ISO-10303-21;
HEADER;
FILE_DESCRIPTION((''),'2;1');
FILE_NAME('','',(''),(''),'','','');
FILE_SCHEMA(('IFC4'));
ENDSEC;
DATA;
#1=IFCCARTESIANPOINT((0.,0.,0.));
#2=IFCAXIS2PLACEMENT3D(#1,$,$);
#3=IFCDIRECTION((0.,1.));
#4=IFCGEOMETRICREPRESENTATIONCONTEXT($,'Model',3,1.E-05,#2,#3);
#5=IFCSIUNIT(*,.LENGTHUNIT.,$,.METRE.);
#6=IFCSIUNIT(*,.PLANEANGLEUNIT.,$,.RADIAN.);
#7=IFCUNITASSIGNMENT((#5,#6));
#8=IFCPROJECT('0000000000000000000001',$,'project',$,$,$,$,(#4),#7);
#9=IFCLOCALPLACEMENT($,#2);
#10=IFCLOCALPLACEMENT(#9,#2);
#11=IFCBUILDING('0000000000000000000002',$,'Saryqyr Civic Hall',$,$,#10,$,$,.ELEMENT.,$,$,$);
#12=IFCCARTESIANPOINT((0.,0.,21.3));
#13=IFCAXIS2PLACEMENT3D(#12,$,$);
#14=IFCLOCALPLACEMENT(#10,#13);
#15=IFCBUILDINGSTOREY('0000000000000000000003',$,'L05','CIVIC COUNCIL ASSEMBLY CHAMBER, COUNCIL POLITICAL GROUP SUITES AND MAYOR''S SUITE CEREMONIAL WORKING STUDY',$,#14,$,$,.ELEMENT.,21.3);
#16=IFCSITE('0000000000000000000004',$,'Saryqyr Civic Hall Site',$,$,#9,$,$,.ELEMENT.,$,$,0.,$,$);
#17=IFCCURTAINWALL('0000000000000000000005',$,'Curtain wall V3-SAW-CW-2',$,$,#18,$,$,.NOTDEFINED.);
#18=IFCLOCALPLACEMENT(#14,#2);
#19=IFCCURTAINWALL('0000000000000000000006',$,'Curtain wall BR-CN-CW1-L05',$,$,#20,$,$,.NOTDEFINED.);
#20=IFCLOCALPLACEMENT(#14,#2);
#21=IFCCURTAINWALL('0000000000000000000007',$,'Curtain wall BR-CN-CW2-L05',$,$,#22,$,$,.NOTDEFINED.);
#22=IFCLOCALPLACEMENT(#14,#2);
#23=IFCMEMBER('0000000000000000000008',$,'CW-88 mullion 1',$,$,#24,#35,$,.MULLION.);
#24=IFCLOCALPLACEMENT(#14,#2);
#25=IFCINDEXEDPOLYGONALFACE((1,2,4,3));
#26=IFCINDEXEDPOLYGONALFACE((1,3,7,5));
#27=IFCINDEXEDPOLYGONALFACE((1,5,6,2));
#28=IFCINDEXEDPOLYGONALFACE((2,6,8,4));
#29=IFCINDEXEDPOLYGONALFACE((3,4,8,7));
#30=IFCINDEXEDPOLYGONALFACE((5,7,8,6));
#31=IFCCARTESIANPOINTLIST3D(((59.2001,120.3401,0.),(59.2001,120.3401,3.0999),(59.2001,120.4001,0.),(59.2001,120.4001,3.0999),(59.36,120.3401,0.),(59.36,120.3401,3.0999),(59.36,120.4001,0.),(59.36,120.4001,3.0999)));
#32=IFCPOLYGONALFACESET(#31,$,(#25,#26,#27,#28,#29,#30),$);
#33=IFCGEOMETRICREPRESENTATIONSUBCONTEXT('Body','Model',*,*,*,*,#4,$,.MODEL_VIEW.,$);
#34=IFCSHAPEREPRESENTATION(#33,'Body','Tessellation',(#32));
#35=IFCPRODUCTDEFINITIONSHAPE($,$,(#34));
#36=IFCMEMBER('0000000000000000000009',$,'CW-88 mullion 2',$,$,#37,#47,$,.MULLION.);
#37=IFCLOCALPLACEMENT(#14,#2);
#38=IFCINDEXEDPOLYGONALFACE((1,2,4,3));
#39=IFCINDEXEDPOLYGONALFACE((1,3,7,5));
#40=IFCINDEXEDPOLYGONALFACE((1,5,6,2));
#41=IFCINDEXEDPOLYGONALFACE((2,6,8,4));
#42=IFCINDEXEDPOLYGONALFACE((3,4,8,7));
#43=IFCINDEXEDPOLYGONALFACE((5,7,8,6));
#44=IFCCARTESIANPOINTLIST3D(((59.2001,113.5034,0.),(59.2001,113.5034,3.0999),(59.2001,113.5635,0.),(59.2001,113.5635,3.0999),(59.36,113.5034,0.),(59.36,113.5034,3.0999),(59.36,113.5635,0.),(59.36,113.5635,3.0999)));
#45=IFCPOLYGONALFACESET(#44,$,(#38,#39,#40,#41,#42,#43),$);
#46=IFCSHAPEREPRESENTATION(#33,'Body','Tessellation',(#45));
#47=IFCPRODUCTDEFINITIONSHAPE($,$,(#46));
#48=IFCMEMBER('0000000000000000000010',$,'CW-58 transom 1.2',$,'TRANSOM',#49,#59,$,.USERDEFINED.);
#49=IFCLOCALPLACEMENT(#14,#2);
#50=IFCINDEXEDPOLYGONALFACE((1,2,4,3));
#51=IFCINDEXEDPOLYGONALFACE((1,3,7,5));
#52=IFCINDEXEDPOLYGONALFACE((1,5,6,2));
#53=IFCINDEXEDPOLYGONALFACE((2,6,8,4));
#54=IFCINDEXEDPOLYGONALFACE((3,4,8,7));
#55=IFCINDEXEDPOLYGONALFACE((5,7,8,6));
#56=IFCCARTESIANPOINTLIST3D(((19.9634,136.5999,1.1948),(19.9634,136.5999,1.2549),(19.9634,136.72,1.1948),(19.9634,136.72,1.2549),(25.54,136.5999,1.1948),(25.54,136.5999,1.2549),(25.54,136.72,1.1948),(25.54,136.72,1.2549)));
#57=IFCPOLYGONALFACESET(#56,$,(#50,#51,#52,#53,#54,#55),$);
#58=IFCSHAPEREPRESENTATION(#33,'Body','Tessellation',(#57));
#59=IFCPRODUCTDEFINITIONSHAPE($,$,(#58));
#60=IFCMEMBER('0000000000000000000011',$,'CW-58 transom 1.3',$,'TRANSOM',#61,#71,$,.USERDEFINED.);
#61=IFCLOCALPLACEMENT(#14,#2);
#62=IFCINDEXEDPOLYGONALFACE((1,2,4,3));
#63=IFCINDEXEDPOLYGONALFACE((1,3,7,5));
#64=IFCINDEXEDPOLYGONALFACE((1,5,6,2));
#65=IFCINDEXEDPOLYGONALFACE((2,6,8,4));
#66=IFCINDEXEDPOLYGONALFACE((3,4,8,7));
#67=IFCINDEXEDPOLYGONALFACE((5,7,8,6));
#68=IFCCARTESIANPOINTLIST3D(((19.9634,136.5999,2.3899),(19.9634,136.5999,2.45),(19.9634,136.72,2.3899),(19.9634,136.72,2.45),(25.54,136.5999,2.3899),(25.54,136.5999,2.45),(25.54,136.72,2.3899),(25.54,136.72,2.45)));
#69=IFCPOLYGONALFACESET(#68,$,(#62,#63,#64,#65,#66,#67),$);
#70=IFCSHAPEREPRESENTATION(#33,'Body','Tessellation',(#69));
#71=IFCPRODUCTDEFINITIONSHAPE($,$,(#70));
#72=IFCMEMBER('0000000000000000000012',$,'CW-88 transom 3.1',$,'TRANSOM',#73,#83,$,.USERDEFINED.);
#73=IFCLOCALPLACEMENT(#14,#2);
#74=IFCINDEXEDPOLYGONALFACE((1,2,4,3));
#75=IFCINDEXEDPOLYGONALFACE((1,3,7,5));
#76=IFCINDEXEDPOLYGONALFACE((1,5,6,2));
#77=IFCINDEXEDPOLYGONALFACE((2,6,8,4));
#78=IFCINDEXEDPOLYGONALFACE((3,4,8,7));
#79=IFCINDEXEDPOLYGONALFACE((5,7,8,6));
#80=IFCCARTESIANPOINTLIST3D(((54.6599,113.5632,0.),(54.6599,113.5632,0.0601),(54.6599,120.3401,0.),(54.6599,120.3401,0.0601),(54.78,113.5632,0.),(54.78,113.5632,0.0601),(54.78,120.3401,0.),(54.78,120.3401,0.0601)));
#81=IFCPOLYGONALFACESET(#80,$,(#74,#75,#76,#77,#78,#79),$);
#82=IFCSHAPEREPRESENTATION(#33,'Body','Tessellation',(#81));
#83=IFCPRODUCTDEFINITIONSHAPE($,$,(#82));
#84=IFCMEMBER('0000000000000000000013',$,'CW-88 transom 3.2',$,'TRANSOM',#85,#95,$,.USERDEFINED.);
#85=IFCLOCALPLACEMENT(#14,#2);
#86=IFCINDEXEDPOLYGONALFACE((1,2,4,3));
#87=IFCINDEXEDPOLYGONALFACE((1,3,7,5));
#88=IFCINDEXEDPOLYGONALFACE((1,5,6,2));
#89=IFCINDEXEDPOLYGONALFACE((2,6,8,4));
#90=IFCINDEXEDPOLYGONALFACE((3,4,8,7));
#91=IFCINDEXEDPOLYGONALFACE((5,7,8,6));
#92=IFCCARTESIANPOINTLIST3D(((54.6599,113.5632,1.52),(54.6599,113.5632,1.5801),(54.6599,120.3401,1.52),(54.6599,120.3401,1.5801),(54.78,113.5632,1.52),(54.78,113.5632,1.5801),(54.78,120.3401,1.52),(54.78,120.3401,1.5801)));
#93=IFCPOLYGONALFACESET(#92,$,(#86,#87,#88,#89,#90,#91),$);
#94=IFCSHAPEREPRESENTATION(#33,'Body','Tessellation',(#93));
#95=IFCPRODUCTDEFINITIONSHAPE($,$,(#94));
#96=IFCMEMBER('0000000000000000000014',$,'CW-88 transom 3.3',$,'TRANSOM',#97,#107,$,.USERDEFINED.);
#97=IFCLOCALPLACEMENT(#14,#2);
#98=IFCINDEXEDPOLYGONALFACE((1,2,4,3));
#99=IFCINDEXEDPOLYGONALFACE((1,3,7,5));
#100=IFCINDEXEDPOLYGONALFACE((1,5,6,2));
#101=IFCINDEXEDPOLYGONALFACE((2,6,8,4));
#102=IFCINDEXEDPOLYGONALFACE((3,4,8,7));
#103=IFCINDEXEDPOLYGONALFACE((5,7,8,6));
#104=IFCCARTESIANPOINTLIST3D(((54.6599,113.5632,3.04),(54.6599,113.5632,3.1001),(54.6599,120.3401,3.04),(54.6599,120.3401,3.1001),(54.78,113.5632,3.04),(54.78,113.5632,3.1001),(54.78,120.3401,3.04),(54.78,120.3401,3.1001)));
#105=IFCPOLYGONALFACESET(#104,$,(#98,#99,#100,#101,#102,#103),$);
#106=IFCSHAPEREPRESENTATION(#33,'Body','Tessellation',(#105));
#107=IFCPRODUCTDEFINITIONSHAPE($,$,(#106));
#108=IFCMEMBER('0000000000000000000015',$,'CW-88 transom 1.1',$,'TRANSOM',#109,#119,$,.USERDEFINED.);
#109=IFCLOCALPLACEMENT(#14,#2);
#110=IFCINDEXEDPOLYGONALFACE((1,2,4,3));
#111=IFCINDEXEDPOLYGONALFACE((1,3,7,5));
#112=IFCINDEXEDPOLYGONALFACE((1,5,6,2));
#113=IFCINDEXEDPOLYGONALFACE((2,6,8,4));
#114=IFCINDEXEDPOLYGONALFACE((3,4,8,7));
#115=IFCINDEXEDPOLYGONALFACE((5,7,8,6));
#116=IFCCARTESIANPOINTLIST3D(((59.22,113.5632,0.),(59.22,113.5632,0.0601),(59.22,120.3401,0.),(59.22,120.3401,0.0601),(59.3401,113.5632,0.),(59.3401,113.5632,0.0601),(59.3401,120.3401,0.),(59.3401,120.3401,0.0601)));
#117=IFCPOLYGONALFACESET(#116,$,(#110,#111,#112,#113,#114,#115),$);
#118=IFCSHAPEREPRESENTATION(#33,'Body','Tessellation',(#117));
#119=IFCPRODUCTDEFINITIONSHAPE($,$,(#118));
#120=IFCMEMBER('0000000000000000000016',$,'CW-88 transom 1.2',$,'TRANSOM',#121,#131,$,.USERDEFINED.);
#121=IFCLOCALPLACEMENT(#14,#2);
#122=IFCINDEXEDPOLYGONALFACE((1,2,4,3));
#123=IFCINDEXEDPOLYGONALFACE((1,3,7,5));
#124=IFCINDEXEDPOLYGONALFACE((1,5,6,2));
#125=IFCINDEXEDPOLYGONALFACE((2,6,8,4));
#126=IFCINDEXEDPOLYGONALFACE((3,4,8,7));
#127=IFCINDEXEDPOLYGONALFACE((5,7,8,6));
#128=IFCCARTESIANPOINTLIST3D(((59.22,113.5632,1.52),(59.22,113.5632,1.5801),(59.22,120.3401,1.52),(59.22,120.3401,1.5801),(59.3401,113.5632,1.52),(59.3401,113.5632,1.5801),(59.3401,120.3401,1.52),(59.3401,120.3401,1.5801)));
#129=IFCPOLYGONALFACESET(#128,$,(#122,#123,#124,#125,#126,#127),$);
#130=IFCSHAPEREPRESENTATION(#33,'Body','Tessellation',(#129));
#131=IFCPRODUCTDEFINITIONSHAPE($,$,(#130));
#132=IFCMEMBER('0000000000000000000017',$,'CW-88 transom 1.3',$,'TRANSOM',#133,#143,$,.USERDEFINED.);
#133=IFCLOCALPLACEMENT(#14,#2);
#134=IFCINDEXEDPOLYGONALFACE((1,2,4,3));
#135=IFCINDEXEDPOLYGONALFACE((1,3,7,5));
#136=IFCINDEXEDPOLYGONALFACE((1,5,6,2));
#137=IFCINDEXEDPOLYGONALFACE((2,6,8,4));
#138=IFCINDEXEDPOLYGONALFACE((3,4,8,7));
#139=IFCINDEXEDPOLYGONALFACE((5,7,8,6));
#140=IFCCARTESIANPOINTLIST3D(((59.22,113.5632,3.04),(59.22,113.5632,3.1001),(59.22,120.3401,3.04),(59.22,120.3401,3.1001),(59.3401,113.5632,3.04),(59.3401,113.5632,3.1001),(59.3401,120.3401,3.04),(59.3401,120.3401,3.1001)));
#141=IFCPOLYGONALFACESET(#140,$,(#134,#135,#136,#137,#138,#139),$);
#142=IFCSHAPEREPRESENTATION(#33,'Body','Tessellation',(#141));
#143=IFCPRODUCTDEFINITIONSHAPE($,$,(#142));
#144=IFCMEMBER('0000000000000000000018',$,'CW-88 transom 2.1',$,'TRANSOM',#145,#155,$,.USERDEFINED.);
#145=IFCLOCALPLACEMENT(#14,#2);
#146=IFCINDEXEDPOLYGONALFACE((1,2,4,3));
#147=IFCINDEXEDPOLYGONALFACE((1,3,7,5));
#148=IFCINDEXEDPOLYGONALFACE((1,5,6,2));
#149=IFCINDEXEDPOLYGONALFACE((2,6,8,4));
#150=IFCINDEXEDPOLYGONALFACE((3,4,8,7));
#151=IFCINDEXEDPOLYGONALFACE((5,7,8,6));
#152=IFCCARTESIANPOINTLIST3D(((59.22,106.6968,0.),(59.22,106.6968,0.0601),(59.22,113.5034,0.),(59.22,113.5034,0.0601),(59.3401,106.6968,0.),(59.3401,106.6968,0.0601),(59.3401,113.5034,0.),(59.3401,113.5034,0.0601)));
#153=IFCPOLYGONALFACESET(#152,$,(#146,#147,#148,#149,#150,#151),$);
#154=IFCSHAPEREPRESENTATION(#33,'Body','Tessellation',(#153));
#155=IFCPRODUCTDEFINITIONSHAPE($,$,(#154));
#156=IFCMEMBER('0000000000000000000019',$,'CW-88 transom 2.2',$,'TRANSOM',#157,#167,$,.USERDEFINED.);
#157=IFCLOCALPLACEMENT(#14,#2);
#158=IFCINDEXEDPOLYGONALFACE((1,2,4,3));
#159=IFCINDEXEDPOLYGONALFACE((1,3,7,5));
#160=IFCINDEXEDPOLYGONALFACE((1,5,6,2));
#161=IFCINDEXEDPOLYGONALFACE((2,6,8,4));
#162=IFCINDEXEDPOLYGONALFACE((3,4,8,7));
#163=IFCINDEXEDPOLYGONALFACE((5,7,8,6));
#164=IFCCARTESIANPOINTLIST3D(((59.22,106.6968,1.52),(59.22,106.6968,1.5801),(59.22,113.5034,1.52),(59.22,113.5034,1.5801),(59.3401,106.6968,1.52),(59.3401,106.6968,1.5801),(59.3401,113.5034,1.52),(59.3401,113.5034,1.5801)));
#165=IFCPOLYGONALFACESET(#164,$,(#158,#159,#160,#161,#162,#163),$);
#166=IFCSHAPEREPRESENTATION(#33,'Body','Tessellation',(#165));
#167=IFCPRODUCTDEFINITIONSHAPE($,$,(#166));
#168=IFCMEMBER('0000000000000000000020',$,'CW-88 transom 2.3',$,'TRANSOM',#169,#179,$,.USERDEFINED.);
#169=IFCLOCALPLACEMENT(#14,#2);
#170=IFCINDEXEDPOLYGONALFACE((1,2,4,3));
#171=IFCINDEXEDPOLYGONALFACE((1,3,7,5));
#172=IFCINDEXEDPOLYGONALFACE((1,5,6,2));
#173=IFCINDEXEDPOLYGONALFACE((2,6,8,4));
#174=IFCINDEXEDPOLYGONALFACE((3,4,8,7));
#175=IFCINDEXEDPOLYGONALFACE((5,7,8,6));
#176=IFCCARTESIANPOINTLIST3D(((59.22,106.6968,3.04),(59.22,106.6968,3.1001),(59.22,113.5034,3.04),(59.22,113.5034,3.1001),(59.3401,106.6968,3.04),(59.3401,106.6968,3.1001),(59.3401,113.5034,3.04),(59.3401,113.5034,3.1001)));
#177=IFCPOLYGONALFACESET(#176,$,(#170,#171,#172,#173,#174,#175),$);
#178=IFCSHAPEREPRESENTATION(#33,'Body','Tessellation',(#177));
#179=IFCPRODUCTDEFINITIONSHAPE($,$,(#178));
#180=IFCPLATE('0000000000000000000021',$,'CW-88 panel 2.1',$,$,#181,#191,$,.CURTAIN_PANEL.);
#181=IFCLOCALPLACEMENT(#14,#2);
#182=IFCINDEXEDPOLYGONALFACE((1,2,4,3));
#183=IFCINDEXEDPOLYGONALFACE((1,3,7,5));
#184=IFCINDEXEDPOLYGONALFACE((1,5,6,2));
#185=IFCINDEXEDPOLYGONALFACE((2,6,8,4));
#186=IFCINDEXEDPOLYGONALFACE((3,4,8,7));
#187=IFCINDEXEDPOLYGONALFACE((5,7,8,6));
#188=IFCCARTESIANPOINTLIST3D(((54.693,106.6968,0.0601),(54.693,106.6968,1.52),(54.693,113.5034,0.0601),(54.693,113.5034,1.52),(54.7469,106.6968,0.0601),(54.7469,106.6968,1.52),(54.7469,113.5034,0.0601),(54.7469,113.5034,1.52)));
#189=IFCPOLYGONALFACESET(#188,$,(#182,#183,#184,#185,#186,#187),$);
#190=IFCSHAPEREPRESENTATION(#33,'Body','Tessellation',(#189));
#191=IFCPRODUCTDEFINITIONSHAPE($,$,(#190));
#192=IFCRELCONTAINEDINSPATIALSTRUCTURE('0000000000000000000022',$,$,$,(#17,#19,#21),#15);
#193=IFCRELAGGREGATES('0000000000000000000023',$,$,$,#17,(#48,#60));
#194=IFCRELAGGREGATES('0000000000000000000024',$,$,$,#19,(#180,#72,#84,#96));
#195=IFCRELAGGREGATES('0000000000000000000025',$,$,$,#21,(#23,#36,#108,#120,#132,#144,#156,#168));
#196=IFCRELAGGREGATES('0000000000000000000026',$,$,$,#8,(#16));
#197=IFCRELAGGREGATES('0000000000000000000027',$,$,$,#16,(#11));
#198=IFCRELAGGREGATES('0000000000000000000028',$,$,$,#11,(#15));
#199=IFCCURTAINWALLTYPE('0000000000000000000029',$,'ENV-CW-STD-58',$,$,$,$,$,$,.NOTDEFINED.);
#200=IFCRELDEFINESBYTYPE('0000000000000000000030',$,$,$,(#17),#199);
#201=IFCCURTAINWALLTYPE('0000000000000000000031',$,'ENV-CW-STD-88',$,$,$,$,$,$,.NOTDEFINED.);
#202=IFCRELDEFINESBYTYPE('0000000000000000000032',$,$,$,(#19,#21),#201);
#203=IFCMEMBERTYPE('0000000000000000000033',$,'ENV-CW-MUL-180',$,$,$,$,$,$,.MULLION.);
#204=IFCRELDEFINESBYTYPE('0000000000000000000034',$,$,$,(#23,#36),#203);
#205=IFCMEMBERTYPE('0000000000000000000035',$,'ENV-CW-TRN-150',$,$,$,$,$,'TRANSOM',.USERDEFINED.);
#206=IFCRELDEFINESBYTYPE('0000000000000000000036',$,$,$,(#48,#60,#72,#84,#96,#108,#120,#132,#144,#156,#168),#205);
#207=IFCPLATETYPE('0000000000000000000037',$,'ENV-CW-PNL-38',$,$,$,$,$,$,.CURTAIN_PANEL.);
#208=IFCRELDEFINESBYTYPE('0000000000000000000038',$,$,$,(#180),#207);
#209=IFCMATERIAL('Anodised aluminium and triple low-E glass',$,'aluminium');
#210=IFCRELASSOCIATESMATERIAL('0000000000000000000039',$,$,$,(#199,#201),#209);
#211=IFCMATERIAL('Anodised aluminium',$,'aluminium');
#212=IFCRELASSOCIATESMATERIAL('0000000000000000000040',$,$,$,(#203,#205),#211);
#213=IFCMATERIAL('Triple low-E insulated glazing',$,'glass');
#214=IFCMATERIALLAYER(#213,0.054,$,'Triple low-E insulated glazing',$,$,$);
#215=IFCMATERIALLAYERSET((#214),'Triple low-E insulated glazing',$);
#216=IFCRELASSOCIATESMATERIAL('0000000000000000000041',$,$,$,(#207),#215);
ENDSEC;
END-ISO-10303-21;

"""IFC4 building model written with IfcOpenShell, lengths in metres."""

from ifc_helpers import new_model, si_unit, direction, frame, origin, origin_2d, place, context, subcontext, project, spatial, rectangle, extrude, material, layer, layer_set, material_profile, profile_set, type_object, element, aggregate, save


model = new_model("IFC4")

# Units and contexts
model_context = context("Model", 3, precision=1e-05, world=origin(), true_north=direction((0.0, 1.0)))
body_context = subcontext(model_context, "Body", "Model", "MODEL_VIEW")
ifc_project = project(units=[si_unit("LENGTHUNIT", "METRE"), si_unit("PLANEANGLEUNIT", "RADIAN")], contexts=[model_context])

# Site, building, storey
site_placement = place(None, origin())
site = spatial("IfcSite", under=ifc_project, at=site_placement, Name="Saryqyr Civic Hall Site", CompositionType="ELEMENT", RefElevation=0.0)
building_placement = place(site_placement, origin())
building = spatial("IfcBuilding", under=site, at=building_placement, Name="Saryqyr Civic Hall", CompositionType="ELEMENT")
storey_placement = place(building_placement, frame((0.0, 0.0, 21.3)))
storey = spatial("IfcBuildingStorey", under=building, at=storey_placement, Name="L05", Description="CIVIC COUNCIL ASSEMBLY CHAMBER, COUNCIL POLITICAL GROUP SUITES AND MAYOR'S SUITE CEREMONIAL WORKING STUDY", CompositionType="ELEMENT", Elevation=21.3)

# Curtain wall
ifc_material_1 = material(Name="Anodised aluminium and triple low-E glass", Category="aluminium")
curtain_wall_type_1 = type_object("IfcCurtainWallType", Name="ENV-CW-STD-58", PredefinedType="NOTDEFINED", material=ifc_material_1)
ifc_material_2 = material(Name="Anodised aluminium", Category="aluminium")
ifc_material_profile_1 = material_profile(ifc_material_2, rectangle(XDim=0.0601, YDim=0.1599, at=origin_2d()), Name="ALU MULLION 60x160")
ifc_profile_set_1 = profile_set([ifc_material_profile_1], Name="Anodised aluminium")
member_type_1 = type_object("IfcMemberType", Name="ENV-CW-MUL-180", PredefinedType="MULLION", material=ifc_profile_set_1)
curtain_wall_1_placement = place(storey_placement, origin())
curtain_wall_1 = element("IfcCurtainWall", 1, at=curtain_wall_1_placement, inside=storey, type_object=curtain_wall_type_1, Name="Curtain wall V3-SAW-CW-2", PredefinedType="NOTDEFINED")

# Curtain walls, members
curtain_wall_type_2 = type_object("IfcCurtainWallType", Name="ENV-CW-STD-88", PredefinedType="NOTDEFINED", material=ifc_material_1)
curtain_wall_2_placement = place(storey_placement, origin())
curtain_wall_2 = element("IfcCurtainWall", 2, at=curtain_wall_2_placement, inside=storey, type_object=curtain_wall_type_2, Name="Curtain wall BR-CN-CW1-L05", PredefinedType="NOTDEFINED")
curtain_wall_3_placement = place(storey_placement, origin())
curtain_wall_3 = element("IfcCurtainWall", 3, at=curtain_wall_3_placement, inside=storey, type_object=curtain_wall_type_2, Name="Curtain wall BR-CN-CW2-L05", PredefinedType="NOTDEFINED")
member_1_placement = place(storey_placement, frame((59.28, 120.3701, 0.0), z_axis=(0.0, 0.0, 1.0), x_axis=(0.0, -1.0, 0.0)))
member_1 = element("IfcMember", 4, at=member_1_placement, type_object=member_type_1, Name="CW-88 mullion 1", PredefinedType="MULLION", context=body_context, shape_type="SweptSolid", body=[
    extrude(rectangle(XDim=0.0601, YDim=0.1599, at=origin_2d()), origin(), (0.0, 0.0, 1.0), 3.0999),
])
member_2_placement = place(storey_placement, frame((59.28, 113.5334, 0.0), z_axis=(0.0, 0.0, 1.0), x_axis=(0.0, -1.0, 0.0)))
member_2 = element("IfcMember", 5, at=member_2_placement, type_object=member_type_1, Name="CW-88 mullion 2", PredefinedType="MULLION", context=body_context, shape_type="SweptSolid", body=[
    extrude(rectangle(XDim=0.0601, YDim=0.1599, at=origin_2d()), origin(), (0.0, 0.0, 1.0), 3.0999),
])

# Members
ifc_material_profile_2 = material_profile(ifc_material_2, rectangle(XDim=0.1201, YDim=0.0601, at=origin_2d()), Name="ALU TRANSOM 120x60")
ifc_profile_set_2 = profile_set([ifc_material_profile_2], Name="Anodised aluminium")
member_type_2 = type_object("IfcMemberType", Name="ENV-CW-TRN-150", ElementType="TRANSOM", PredefinedType="USERDEFINED", material=ifc_profile_set_2)
member_3_placement = place(storey_placement, frame((25.54, 136.6599, 1.2249), z_axis=(-1.0, 0.0, 0.0), x_axis=(0.0, -1.0, 0.0)))
member_3 = element("IfcMember", 6, at=member_3_placement, type_object=member_type_2, Name="CW-58 transom 1.2", ObjectType="TRANSOM", PredefinedType="USERDEFINED", context=body_context, shape_type="SweptSolid", body=[
    extrude(rectangle(XDim=0.1201, YDim=0.0601, at=origin_2d()), origin(), (0.0, 0.0, 1.0), 5.5767),
])
member_4_placement = place(storey_placement, frame((25.54, 136.6599, 2.4199), z_axis=(-1.0, 0.0, 0.0), x_axis=(0.0, -1.0, 0.0)))
member_4 = element("IfcMember", 7, at=member_4_placement, type_object=member_type_2, Name="CW-58 transom 1.3", ObjectType="TRANSOM", PredefinedType="USERDEFINED", context=body_context, shape_type="SweptSolid", body=[
    extrude(rectangle(XDim=0.1201, YDim=0.0601, at=origin_2d()), origin(), (0.0, 0.0, 1.0), 5.5767),
])
aggregate(curtain_wall_1, [member_3, member_4])
member_5_placement = place(storey_placement, frame((54.72, 113.5632, 0.03), z_axis=(0.0, 1.0, 0.0), x_axis=(-1.0, 0.0, 0.0)))
member_5 = element("IfcMember", 8, at=member_5_placement, type_object=member_type_2, Name="CW-88 transom 3.1", ObjectType="TRANSOM", PredefinedType="USERDEFINED", context=body_context, shape_type="SweptSolid", body=[
    extrude(rectangle(XDim=0.1201, YDim=0.0601, at=origin_2d()), origin(), (0.0, 0.0, 1.0), 6.7769),
])
member_6_placement = place(storey_placement, frame((54.72, 113.5632, 1.55), z_axis=(0.0, 1.0, 0.0), x_axis=(-1.0, 0.0, 0.0)))
member_6 = element("IfcMember", 9, at=member_6_placement, type_object=member_type_2, Name="CW-88 transom 3.2", ObjectType="TRANSOM", PredefinedType="USERDEFINED", context=body_context, shape_type="SweptSolid", body=[
    extrude(rectangle(XDim=0.1201, YDim=0.0601, at=origin_2d()), origin(), (0.0, 0.0, 1.0), 6.7769),
])
member_7_placement = place(storey_placement, frame((54.72, 113.5632, 3.0701), z_axis=(0.0, 1.0, 0.0), x_axis=(-1.0, 0.0, 0.0)))
member_7 = element("IfcMember", 10, at=member_7_placement, type_object=member_type_2, Name="CW-88 transom 3.3", ObjectType="TRANSOM", PredefinedType="USERDEFINED", context=body_context, shape_type="SweptSolid", body=[
    extrude(rectangle(XDim=0.1201, YDim=0.0601, at=origin_2d()), origin(), (0.0, 0.0, 1.0), 6.7769),
])
member_8_placement = place(storey_placement, frame((59.28, 120.3401, 0.03), z_axis=(0.0, -1.0, 0.0), x_axis=(1.0, 0.0, 0.0)))
member_8 = element("IfcMember", 11, at=member_8_placement, type_object=member_type_2, Name="CW-88 transom 1.1", ObjectType="TRANSOM", PredefinedType="USERDEFINED", context=body_context, shape_type="SweptSolid", body=[
    extrude(rectangle(XDim=0.1201, YDim=0.0601, at=origin_2d()), origin(), (0.0, 0.0, 1.0), 6.7769),
])
member_9_placement = place(storey_placement, frame((59.28, 120.3401, 1.55), z_axis=(0.0, -1.0, 0.0), x_axis=(1.0, 0.0, 0.0)))
member_9 = element("IfcMember", 12, at=member_9_placement, type_object=member_type_2, Name="CW-88 transom 1.2", ObjectType="TRANSOM", PredefinedType="USERDEFINED", context=body_context, shape_type="SweptSolid", body=[
    extrude(rectangle(XDim=0.1201, YDim=0.0601, at=origin_2d()), origin(), (0.0, 0.0, 1.0), 6.7769),
])
member_10_placement = place(storey_placement, frame((59.28, 120.3401, 3.0701), z_axis=(0.0, -1.0, 0.0), x_axis=(1.0, 0.0, 0.0)))
member_10 = element("IfcMember", 13, at=member_10_placement, type_object=member_type_2, Name="CW-88 transom 1.3", ObjectType="TRANSOM", PredefinedType="USERDEFINED", context=body_context, shape_type="SweptSolid", body=[
    extrude(rectangle(XDim=0.1201, YDim=0.0601, at=origin_2d()), origin(), (0.0, 0.0, 1.0), 6.7769),
])
member_11_placement = place(storey_placement, frame((59.28, 113.5034, 0.03), z_axis=(0.0, -1.0, 0.0), x_axis=(1.0, 0.0, 0.0)))
member_11 = element("IfcMember", 14, at=member_11_placement, type_object=member_type_2, Name="CW-88 transom 2.1", ObjectType="TRANSOM", PredefinedType="USERDEFINED", context=body_context, shape_type="SweptSolid", body=[
    extrude(rectangle(XDim=0.1201, YDim=0.0601, at=origin_2d()), origin(), (0.0, 0.0, 1.0), 6.8066),
])
member_12_placement = place(storey_placement, frame((59.28, 113.5034, 1.55), z_axis=(0.0, -1.0, 0.0), x_axis=(1.0, 0.0, 0.0)))
member_12 = element("IfcMember", 15, at=member_12_placement, type_object=member_type_2, Name="CW-88 transom 2.2", ObjectType="TRANSOM", PredefinedType="USERDEFINED", context=body_context, shape_type="SweptSolid", body=[
    extrude(rectangle(XDim=0.1201, YDim=0.0601, at=origin_2d()), origin(), (0.0, 0.0, 1.0), 6.8066),
])
member_13_placement = place(storey_placement, frame((59.28, 113.5034, 3.0701), z_axis=(0.0, -1.0, 0.0), x_axis=(1.0, 0.0, 0.0)))
member_13 = element("IfcMember", 16, at=member_13_placement, type_object=member_type_2, Name="CW-88 transom 2.3", ObjectType="TRANSOM", PredefinedType="USERDEFINED", context=body_context, shape_type="SweptSolid", body=[
    extrude(rectangle(XDim=0.1201, YDim=0.0601, at=origin_2d()), origin(), (0.0, 0.0, 1.0), 6.8066),
])

# Plate
ifc_material_3 = material(Name="Triple low-E insulated glazing", Category="glass")
ifc_layer_1 = layer(ifc_material_3, 0.054, Name="Triple low-E insulated glazing")
ifc_layer_set_1 = layer_set([ifc_layer_1], Name="Triple low-E insulated glazing")
plate_type = type_object("IfcPlateType", Name="ENV-CW-PNL-38", PredefinedType="CURTAIN_PANEL", material=ifc_layer_set_1)
plate_1_placement = place(storey_placement, frame((54.72, 110.1001, 0.0601), z_axis=(0.0, 0.0, 1.0), x_axis=(0.0, 1.0, 0.0)))
plate_1 = element("IfcPlate", 17, at=plate_1_placement, type_object=plate_type, Name="CW-88 panel 2.1", PredefinedType="CURTAIN_PANEL", context=body_context, shape_type="SweptSolid", body=[
    extrude(rectangle(XDim=6.8066, YDim=0.054, at=origin_2d()), origin(), (0.0, 0.0, 1.0), 1.46),
])
aggregate(curtain_wall_2, [plate_1, member_5, member_6, member_7])
aggregate(curtain_wall_3, [member_1, member_2, member_8, member_9, member_10, member_11, member_12, member_13])

save(model, "model.ifc")
